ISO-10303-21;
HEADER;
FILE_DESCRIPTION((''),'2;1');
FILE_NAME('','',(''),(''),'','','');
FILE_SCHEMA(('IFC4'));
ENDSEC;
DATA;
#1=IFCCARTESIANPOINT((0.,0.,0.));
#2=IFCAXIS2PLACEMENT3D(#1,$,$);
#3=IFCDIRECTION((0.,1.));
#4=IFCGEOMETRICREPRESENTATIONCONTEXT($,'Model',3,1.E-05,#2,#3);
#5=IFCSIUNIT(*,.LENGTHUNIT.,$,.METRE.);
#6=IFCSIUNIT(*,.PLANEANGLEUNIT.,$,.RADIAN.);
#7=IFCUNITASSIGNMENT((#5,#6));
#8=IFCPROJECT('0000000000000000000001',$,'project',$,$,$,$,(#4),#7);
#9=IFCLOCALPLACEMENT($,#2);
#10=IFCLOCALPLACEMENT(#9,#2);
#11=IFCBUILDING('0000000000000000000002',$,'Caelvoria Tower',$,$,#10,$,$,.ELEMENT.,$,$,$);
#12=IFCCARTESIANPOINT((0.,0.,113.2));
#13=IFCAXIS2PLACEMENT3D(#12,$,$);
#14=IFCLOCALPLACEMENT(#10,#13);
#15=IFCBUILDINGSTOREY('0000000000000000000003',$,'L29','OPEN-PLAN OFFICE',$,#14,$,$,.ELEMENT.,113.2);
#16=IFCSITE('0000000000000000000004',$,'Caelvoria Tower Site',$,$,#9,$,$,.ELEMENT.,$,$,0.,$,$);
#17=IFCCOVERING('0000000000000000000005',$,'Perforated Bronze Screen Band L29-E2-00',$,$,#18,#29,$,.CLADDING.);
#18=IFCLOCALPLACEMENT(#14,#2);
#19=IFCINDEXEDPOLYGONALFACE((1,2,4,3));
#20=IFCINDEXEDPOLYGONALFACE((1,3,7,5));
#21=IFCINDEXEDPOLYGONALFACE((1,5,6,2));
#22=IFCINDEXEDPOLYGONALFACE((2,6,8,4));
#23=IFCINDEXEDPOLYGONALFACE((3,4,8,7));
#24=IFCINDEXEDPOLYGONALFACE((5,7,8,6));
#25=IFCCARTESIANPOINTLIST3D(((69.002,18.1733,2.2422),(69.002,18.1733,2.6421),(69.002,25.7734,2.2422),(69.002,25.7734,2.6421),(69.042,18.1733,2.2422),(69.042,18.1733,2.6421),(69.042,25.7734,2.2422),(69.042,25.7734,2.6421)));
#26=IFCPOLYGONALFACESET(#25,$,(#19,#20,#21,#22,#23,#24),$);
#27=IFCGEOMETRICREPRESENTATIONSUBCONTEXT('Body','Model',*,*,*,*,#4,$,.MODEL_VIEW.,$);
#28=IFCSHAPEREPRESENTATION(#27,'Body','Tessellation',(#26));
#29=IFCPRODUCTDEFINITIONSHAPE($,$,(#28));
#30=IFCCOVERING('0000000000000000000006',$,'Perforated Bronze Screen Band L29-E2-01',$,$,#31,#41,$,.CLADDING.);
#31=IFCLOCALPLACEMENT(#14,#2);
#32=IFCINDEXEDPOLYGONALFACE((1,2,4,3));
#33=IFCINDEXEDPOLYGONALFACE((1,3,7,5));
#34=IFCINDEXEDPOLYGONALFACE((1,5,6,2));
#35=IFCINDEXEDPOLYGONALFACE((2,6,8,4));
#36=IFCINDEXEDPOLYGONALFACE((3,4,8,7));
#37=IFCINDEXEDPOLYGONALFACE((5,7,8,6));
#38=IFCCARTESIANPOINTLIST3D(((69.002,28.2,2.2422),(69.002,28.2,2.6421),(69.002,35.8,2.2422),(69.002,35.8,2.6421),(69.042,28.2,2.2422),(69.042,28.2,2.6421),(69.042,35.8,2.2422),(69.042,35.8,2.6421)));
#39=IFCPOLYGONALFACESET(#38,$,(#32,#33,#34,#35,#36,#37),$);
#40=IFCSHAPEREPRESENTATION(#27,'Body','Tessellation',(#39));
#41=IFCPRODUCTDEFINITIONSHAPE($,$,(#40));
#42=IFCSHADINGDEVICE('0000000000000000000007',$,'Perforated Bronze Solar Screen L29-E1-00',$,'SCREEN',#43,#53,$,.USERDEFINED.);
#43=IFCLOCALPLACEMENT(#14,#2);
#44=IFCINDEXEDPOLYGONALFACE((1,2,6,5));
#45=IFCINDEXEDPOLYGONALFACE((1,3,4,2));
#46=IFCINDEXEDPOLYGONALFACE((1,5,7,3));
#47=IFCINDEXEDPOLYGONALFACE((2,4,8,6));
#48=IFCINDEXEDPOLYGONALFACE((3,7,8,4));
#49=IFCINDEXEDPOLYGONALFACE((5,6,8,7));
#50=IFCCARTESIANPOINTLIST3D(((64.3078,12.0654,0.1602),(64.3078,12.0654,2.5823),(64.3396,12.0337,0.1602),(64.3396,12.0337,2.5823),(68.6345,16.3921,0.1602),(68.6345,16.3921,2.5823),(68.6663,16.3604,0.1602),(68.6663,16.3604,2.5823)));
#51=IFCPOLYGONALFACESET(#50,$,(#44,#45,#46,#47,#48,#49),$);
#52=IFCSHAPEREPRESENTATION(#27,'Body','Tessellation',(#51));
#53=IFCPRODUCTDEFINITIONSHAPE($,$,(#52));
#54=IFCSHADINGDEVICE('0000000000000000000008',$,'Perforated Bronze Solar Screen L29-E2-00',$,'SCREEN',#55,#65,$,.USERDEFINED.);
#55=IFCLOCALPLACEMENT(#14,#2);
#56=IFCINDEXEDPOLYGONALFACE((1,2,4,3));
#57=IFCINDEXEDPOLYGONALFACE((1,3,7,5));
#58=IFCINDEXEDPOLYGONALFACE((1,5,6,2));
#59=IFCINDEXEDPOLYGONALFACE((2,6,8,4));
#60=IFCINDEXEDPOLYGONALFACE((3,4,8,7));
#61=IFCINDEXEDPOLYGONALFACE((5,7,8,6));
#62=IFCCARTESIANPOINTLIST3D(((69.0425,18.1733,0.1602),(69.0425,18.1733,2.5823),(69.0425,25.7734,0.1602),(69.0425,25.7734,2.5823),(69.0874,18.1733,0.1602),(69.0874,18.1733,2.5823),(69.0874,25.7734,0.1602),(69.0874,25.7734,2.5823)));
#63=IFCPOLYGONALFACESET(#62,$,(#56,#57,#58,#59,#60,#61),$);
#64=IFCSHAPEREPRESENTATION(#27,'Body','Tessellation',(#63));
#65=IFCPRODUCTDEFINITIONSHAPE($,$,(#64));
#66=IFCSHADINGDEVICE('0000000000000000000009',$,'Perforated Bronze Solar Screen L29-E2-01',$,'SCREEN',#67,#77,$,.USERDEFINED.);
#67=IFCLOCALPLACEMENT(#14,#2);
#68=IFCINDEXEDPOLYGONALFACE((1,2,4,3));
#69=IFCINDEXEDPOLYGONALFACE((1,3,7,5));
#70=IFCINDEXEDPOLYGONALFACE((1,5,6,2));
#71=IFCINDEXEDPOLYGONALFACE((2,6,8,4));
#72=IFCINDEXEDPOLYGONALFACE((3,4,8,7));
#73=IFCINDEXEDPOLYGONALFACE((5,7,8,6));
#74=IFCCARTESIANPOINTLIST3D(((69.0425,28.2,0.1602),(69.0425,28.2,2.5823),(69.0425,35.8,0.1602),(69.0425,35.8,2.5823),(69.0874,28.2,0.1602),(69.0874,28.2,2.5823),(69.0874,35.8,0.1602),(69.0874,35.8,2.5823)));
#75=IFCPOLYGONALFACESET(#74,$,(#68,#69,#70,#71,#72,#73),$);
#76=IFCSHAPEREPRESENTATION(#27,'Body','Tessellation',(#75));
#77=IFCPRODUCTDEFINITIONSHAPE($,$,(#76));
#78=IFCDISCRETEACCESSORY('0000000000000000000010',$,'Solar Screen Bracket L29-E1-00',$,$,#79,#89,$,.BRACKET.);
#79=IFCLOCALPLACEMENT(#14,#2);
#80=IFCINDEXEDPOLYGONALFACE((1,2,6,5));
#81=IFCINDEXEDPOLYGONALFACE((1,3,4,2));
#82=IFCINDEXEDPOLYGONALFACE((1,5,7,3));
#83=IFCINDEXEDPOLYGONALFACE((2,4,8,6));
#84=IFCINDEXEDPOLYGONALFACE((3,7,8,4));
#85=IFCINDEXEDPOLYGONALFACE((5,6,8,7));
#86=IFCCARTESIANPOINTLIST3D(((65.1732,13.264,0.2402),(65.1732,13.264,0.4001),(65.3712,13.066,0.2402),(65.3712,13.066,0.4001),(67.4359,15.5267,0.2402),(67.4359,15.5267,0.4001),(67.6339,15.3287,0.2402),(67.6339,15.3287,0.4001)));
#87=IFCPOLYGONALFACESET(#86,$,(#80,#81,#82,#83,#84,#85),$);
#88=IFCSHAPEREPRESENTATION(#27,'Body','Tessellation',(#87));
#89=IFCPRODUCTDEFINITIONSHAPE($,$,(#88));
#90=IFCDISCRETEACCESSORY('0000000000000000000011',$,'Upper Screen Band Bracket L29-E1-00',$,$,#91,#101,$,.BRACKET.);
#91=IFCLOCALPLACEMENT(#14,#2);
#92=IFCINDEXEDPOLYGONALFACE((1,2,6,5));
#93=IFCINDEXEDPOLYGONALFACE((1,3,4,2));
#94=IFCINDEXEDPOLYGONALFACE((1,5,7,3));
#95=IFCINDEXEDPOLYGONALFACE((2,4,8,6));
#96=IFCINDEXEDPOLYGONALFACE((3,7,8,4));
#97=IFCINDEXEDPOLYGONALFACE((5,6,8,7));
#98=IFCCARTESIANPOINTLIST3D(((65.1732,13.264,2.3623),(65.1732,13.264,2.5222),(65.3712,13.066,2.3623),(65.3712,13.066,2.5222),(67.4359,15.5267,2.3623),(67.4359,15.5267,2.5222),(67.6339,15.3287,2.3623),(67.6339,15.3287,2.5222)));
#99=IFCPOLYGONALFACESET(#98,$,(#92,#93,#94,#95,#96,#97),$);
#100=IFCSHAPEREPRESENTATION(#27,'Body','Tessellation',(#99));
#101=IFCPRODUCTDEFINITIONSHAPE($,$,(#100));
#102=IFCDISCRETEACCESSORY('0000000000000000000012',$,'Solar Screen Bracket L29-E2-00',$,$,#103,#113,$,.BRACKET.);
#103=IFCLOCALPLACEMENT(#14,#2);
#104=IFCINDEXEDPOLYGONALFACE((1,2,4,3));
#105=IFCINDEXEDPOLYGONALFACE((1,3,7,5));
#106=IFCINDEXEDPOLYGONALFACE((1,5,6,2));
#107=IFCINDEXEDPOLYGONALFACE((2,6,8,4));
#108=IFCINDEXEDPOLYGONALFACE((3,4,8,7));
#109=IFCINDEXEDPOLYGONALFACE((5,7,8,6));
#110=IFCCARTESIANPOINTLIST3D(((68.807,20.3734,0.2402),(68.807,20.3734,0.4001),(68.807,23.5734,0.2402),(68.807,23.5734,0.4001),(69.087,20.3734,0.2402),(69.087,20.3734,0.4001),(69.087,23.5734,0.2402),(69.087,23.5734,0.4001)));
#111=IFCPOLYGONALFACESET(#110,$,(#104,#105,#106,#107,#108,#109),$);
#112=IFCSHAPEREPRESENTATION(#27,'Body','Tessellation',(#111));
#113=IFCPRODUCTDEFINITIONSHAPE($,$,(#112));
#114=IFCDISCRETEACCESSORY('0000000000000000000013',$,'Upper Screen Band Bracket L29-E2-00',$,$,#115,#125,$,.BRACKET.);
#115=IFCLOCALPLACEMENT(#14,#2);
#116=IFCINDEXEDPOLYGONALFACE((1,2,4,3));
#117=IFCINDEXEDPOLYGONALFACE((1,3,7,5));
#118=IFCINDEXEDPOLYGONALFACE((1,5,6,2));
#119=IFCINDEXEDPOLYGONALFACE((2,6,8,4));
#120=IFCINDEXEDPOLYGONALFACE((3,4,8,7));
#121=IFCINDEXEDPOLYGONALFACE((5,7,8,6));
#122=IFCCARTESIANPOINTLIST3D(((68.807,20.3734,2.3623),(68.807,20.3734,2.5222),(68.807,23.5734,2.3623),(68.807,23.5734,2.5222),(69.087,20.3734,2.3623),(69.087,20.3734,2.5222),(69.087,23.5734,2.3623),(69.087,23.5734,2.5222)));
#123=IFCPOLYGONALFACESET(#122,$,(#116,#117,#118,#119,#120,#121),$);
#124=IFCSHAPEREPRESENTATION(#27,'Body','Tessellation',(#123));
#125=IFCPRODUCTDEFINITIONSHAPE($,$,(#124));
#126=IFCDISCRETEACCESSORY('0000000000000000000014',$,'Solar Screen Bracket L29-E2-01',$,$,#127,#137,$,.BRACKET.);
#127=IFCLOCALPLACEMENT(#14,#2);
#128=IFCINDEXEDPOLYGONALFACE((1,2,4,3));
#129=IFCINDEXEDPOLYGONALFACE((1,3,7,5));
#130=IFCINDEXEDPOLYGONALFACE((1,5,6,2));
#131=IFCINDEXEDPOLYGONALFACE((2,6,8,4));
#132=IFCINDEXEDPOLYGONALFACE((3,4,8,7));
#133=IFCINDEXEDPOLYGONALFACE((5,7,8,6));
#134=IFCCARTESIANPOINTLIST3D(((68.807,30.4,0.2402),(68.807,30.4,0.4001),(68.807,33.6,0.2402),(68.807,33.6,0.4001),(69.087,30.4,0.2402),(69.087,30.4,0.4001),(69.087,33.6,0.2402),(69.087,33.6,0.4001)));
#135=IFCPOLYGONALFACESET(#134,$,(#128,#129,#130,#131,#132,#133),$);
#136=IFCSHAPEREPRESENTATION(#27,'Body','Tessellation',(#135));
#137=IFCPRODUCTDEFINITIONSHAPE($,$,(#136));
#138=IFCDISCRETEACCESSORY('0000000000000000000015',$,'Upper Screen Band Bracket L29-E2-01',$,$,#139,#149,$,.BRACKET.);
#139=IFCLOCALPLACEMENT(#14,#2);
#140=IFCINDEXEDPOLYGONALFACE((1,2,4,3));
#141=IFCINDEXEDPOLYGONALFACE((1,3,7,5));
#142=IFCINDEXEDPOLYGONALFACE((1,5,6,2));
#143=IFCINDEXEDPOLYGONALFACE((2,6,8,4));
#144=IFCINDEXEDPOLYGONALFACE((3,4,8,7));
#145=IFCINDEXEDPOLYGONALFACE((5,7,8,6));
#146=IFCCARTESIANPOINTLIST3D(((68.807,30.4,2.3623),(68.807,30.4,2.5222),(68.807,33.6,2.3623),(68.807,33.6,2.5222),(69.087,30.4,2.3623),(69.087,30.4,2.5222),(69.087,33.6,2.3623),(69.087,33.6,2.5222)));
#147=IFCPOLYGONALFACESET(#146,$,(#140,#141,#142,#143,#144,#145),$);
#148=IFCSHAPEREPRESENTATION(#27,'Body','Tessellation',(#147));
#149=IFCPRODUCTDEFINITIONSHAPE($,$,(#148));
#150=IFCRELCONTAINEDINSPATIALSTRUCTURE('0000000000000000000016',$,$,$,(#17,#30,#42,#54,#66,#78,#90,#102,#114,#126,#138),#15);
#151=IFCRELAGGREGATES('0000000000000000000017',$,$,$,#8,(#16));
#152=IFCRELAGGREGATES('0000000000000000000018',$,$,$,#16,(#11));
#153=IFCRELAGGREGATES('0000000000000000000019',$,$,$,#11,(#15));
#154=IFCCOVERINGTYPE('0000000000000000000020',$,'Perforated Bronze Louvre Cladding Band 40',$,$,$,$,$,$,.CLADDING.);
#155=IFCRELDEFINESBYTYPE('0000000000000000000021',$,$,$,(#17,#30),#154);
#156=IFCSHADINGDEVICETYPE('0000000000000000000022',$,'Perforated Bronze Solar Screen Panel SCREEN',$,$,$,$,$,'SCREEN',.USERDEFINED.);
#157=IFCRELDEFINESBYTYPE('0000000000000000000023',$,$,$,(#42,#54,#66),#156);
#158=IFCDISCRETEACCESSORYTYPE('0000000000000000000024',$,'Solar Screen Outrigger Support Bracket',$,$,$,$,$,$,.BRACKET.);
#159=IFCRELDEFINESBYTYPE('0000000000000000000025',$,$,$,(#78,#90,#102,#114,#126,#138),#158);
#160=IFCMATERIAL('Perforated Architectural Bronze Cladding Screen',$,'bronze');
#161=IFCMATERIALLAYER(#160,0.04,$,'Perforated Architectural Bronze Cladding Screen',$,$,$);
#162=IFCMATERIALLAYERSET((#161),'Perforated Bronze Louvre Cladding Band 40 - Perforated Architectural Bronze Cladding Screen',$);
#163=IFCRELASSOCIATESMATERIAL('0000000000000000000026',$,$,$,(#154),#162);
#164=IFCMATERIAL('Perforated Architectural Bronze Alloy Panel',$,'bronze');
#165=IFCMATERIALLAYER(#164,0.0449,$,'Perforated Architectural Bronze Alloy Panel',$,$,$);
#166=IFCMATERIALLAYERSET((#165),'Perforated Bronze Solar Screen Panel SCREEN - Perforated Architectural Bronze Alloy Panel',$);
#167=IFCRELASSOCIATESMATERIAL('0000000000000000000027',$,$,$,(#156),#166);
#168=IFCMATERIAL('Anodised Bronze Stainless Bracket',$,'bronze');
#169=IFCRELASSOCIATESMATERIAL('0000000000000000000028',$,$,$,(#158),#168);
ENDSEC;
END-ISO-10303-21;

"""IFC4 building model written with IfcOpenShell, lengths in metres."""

from ifc_helpers import new_model, si_unit, direction, frame, origin, origin_2d, place, context, subcontext, project, spatial, rectangle, extrude, material, layer, layer_set, type_object, element, save


model = new_model("IFC4")

# Units and contexts
model_context = context("Model", 3, precision=1e-05, world=origin(), true_north=direction((0.0, 1.0)))
body_context = subcontext(model_context, "Body", "Model", "MODEL_VIEW")
ifc_project = project(units=[si_unit("LENGTHUNIT", "METRE"), si_unit("PLANEANGLEUNIT", "RADIAN")], contexts=[model_context])

# Site, building, storey
site_placement = place(None, origin())
site = spatial("IfcSite", under=ifc_project, at=site_placement, Name="Caelvoria Tower Site", CompositionType="ELEMENT", RefElevation=0.0)
building_placement = place(site_placement, origin())
building = spatial("IfcBuilding", under=site, at=building_placement, Name="Caelvoria Tower", CompositionType="ELEMENT")
storey_placement = place(building_placement, frame((0.0, 0.0, 113.2)))
storey = spatial("IfcBuildingStorey", under=building, at=storey_placement, Name="L29", Description="OPEN-PLAN OFFICE", CompositionType="ELEMENT", Elevation=113.2)

# Coverings
ifc_material_1 = material(Name="Perforated Architectural Bronze Cladding Screen", Category="bronze")
ifc_layer_1 = layer(ifc_material_1, 0.04, Name="Perforated Architectural Bronze Cladding Screen")
ifc_layer_set_1 = layer_set([ifc_layer_1], Name="Perforated Bronze Louvre Cladding Band 40 - Perforated Architectural Bronze Cladding Screen")
covering_type = type_object("IfcCoveringType", Name="Perforated Bronze Louvre Cladding Band 40", PredefinedType="CLADDING", material=ifc_layer_set_1)
for number, where, z_axis, x_axis, name in (
    (1, (69.022, 21.9734, 2.2422), (0.0, 0.0, 1.0), (0.0, 1.0, 0.0), "Perforated Bronze Screen Band L29-E2-00"),
    (2, (69.022, 32.0, 2.2422), (0.0, 0.0, 1.0), (0.0, 1.0, 0.0), "Perforated Bronze Screen Band L29-E2-01"),
):
    element("IfcCovering", number, at=place(storey_placement, frame(where, z_axis=z_axis, x_axis=x_axis)), inside=storey, type_object=covering_type, Name=name, PredefinedType="CLADDING", context=body_context, shape_type="SweptSolid", body=[
        extrude(rectangle(XDim=7.6001, YDim=0.04, at=origin_2d()), origin(), (0.0, 0.0, 1.0), 0.3999),
    ])

# Shading devices
ifc_material_2 = material(Name="Perforated Architectural Bronze Alloy Panel", Category="bronze")
ifc_layer_2 = layer(ifc_material_2, 0.0449, Name="Perforated Architectural Bronze Alloy Panel")
ifc_layer_set_2 = layer_set([ifc_layer_2], Name="Perforated Bronze Solar Screen Panel SCREEN - Perforated Architectural Bronze Alloy Panel")
shading_device_type = type_object("IfcShadingDeviceType", Name="Perforated Bronze Solar Screen Panel SCREEN", ElementType="SCREEN", PredefinedType="USERDEFINED", material=ifc_layer_set_2)
shading_device_placement = place(storey_placement, frame((66.4871, 14.2129, 0.1602), z_axis=(0.0, 0.0, 1.0), x_axis=(0.707107, 0.707107, 0.0)))
element("IfcShadingDevice", 3, at=shading_device_placement, inside=storey, type_object=shading_device_type, Name="Perforated Bronze Solar Screen L29-E1-00", ObjectType="SCREEN", PredefinedType="USERDEFINED", context=body_context, shape_type="SweptSolid", body=[
    extrude(rectangle(XDim=6.1189, YDim=0.0449, at=origin_2d()), origin(), (0.0, 0.0, 1.0), 2.4221),
])
for number, where, z_axis, x_axis, name in (
    (4, (69.0649, 21.9734, 0.1602), (0.0, 0.0, 1.0), (0.0, 1.0, 0.0), "Perforated Bronze Solar Screen L29-E2-00"),
    (5, (69.0649, 32.0, 0.1602), (0.0, 0.0, 1.0), (0.0, 1.0, 0.0), "Perforated Bronze Solar Screen L29-E2-01"),
):
    element("IfcShadingDevice", number, at=place(storey_placement, frame(where, z_axis=z_axis, x_axis=x_axis)), inside=storey, type_object=shading_device_type, Name=name, ObjectType="SCREEN", PredefinedType="USERDEFINED", context=body_context, shape_type="SweptSolid", body=[
        extrude(rectangle(XDim=7.6001, YDim=0.0449, at=origin_2d()), origin(), (0.0, 0.0, 1.0), 2.4221),
    ])

# Discrete accessories
ifc_material_3 = material(Name="Anodised Bronze Stainless Bracket", Category="bronze")
discrete_accessory_type = type_object("IfcDiscreteAccessoryType", Name="Solar Screen Outrigger Support Bracket", PredefinedType="BRACKET", material=ifc_material_3)
for number, where, z_axis, x_axis, name in (
    (6, (66.4036, 14.2964, 0.2402), (0.0, 0.0, 1.0), (0.707107, 0.707107, 0.0), "Solar Screen Bracket L29-E1-00"),
    (7, (66.4036, 14.2964, 2.3623), (0.0, 0.0, 1.0), (0.707107, 0.707107, 0.0), "Upper Screen Band Bracket L29-E1-00"),
    (8, (68.947, 21.9734, 0.2402), (0.0, 0.0, 1.0), (0.0, 1.0, 0.0), "Solar Screen Bracket L29-E2-00"),
    (9, (68.947, 21.9734, 2.3623), (0.0, 0.0, 1.0), (0.0, 1.0, 0.0), "Upper Screen Band Bracket L29-E2-00"),
    (10, (68.947, 32.0, 0.2402), (0.0, 0.0, 1.0), (0.0, 1.0, 0.0), "Solar Screen Bracket L29-E2-01"),
    (11, (68.947, 32.0, 2.3623), (0.0, 0.0, 1.0), (0.0, 1.0, 0.0), "Upper Screen Band Bracket L29-E2-01"),
):
    element("IfcDiscreteAccessory", number, at=place(storey_placement, frame(where, z_axis=z_axis, x_axis=x_axis)), inside=storey, type_object=discrete_accessory_type, Name=name, PredefinedType="BRACKET", context=body_context, shape_type="SweptSolid", body=[
        extrude(rectangle(XDim=3.2, YDim=0.28, at=origin_2d()), origin(), (0.0, 0.0, 1.0), 0.1599),
    ])

save(model, "model.ifc")
